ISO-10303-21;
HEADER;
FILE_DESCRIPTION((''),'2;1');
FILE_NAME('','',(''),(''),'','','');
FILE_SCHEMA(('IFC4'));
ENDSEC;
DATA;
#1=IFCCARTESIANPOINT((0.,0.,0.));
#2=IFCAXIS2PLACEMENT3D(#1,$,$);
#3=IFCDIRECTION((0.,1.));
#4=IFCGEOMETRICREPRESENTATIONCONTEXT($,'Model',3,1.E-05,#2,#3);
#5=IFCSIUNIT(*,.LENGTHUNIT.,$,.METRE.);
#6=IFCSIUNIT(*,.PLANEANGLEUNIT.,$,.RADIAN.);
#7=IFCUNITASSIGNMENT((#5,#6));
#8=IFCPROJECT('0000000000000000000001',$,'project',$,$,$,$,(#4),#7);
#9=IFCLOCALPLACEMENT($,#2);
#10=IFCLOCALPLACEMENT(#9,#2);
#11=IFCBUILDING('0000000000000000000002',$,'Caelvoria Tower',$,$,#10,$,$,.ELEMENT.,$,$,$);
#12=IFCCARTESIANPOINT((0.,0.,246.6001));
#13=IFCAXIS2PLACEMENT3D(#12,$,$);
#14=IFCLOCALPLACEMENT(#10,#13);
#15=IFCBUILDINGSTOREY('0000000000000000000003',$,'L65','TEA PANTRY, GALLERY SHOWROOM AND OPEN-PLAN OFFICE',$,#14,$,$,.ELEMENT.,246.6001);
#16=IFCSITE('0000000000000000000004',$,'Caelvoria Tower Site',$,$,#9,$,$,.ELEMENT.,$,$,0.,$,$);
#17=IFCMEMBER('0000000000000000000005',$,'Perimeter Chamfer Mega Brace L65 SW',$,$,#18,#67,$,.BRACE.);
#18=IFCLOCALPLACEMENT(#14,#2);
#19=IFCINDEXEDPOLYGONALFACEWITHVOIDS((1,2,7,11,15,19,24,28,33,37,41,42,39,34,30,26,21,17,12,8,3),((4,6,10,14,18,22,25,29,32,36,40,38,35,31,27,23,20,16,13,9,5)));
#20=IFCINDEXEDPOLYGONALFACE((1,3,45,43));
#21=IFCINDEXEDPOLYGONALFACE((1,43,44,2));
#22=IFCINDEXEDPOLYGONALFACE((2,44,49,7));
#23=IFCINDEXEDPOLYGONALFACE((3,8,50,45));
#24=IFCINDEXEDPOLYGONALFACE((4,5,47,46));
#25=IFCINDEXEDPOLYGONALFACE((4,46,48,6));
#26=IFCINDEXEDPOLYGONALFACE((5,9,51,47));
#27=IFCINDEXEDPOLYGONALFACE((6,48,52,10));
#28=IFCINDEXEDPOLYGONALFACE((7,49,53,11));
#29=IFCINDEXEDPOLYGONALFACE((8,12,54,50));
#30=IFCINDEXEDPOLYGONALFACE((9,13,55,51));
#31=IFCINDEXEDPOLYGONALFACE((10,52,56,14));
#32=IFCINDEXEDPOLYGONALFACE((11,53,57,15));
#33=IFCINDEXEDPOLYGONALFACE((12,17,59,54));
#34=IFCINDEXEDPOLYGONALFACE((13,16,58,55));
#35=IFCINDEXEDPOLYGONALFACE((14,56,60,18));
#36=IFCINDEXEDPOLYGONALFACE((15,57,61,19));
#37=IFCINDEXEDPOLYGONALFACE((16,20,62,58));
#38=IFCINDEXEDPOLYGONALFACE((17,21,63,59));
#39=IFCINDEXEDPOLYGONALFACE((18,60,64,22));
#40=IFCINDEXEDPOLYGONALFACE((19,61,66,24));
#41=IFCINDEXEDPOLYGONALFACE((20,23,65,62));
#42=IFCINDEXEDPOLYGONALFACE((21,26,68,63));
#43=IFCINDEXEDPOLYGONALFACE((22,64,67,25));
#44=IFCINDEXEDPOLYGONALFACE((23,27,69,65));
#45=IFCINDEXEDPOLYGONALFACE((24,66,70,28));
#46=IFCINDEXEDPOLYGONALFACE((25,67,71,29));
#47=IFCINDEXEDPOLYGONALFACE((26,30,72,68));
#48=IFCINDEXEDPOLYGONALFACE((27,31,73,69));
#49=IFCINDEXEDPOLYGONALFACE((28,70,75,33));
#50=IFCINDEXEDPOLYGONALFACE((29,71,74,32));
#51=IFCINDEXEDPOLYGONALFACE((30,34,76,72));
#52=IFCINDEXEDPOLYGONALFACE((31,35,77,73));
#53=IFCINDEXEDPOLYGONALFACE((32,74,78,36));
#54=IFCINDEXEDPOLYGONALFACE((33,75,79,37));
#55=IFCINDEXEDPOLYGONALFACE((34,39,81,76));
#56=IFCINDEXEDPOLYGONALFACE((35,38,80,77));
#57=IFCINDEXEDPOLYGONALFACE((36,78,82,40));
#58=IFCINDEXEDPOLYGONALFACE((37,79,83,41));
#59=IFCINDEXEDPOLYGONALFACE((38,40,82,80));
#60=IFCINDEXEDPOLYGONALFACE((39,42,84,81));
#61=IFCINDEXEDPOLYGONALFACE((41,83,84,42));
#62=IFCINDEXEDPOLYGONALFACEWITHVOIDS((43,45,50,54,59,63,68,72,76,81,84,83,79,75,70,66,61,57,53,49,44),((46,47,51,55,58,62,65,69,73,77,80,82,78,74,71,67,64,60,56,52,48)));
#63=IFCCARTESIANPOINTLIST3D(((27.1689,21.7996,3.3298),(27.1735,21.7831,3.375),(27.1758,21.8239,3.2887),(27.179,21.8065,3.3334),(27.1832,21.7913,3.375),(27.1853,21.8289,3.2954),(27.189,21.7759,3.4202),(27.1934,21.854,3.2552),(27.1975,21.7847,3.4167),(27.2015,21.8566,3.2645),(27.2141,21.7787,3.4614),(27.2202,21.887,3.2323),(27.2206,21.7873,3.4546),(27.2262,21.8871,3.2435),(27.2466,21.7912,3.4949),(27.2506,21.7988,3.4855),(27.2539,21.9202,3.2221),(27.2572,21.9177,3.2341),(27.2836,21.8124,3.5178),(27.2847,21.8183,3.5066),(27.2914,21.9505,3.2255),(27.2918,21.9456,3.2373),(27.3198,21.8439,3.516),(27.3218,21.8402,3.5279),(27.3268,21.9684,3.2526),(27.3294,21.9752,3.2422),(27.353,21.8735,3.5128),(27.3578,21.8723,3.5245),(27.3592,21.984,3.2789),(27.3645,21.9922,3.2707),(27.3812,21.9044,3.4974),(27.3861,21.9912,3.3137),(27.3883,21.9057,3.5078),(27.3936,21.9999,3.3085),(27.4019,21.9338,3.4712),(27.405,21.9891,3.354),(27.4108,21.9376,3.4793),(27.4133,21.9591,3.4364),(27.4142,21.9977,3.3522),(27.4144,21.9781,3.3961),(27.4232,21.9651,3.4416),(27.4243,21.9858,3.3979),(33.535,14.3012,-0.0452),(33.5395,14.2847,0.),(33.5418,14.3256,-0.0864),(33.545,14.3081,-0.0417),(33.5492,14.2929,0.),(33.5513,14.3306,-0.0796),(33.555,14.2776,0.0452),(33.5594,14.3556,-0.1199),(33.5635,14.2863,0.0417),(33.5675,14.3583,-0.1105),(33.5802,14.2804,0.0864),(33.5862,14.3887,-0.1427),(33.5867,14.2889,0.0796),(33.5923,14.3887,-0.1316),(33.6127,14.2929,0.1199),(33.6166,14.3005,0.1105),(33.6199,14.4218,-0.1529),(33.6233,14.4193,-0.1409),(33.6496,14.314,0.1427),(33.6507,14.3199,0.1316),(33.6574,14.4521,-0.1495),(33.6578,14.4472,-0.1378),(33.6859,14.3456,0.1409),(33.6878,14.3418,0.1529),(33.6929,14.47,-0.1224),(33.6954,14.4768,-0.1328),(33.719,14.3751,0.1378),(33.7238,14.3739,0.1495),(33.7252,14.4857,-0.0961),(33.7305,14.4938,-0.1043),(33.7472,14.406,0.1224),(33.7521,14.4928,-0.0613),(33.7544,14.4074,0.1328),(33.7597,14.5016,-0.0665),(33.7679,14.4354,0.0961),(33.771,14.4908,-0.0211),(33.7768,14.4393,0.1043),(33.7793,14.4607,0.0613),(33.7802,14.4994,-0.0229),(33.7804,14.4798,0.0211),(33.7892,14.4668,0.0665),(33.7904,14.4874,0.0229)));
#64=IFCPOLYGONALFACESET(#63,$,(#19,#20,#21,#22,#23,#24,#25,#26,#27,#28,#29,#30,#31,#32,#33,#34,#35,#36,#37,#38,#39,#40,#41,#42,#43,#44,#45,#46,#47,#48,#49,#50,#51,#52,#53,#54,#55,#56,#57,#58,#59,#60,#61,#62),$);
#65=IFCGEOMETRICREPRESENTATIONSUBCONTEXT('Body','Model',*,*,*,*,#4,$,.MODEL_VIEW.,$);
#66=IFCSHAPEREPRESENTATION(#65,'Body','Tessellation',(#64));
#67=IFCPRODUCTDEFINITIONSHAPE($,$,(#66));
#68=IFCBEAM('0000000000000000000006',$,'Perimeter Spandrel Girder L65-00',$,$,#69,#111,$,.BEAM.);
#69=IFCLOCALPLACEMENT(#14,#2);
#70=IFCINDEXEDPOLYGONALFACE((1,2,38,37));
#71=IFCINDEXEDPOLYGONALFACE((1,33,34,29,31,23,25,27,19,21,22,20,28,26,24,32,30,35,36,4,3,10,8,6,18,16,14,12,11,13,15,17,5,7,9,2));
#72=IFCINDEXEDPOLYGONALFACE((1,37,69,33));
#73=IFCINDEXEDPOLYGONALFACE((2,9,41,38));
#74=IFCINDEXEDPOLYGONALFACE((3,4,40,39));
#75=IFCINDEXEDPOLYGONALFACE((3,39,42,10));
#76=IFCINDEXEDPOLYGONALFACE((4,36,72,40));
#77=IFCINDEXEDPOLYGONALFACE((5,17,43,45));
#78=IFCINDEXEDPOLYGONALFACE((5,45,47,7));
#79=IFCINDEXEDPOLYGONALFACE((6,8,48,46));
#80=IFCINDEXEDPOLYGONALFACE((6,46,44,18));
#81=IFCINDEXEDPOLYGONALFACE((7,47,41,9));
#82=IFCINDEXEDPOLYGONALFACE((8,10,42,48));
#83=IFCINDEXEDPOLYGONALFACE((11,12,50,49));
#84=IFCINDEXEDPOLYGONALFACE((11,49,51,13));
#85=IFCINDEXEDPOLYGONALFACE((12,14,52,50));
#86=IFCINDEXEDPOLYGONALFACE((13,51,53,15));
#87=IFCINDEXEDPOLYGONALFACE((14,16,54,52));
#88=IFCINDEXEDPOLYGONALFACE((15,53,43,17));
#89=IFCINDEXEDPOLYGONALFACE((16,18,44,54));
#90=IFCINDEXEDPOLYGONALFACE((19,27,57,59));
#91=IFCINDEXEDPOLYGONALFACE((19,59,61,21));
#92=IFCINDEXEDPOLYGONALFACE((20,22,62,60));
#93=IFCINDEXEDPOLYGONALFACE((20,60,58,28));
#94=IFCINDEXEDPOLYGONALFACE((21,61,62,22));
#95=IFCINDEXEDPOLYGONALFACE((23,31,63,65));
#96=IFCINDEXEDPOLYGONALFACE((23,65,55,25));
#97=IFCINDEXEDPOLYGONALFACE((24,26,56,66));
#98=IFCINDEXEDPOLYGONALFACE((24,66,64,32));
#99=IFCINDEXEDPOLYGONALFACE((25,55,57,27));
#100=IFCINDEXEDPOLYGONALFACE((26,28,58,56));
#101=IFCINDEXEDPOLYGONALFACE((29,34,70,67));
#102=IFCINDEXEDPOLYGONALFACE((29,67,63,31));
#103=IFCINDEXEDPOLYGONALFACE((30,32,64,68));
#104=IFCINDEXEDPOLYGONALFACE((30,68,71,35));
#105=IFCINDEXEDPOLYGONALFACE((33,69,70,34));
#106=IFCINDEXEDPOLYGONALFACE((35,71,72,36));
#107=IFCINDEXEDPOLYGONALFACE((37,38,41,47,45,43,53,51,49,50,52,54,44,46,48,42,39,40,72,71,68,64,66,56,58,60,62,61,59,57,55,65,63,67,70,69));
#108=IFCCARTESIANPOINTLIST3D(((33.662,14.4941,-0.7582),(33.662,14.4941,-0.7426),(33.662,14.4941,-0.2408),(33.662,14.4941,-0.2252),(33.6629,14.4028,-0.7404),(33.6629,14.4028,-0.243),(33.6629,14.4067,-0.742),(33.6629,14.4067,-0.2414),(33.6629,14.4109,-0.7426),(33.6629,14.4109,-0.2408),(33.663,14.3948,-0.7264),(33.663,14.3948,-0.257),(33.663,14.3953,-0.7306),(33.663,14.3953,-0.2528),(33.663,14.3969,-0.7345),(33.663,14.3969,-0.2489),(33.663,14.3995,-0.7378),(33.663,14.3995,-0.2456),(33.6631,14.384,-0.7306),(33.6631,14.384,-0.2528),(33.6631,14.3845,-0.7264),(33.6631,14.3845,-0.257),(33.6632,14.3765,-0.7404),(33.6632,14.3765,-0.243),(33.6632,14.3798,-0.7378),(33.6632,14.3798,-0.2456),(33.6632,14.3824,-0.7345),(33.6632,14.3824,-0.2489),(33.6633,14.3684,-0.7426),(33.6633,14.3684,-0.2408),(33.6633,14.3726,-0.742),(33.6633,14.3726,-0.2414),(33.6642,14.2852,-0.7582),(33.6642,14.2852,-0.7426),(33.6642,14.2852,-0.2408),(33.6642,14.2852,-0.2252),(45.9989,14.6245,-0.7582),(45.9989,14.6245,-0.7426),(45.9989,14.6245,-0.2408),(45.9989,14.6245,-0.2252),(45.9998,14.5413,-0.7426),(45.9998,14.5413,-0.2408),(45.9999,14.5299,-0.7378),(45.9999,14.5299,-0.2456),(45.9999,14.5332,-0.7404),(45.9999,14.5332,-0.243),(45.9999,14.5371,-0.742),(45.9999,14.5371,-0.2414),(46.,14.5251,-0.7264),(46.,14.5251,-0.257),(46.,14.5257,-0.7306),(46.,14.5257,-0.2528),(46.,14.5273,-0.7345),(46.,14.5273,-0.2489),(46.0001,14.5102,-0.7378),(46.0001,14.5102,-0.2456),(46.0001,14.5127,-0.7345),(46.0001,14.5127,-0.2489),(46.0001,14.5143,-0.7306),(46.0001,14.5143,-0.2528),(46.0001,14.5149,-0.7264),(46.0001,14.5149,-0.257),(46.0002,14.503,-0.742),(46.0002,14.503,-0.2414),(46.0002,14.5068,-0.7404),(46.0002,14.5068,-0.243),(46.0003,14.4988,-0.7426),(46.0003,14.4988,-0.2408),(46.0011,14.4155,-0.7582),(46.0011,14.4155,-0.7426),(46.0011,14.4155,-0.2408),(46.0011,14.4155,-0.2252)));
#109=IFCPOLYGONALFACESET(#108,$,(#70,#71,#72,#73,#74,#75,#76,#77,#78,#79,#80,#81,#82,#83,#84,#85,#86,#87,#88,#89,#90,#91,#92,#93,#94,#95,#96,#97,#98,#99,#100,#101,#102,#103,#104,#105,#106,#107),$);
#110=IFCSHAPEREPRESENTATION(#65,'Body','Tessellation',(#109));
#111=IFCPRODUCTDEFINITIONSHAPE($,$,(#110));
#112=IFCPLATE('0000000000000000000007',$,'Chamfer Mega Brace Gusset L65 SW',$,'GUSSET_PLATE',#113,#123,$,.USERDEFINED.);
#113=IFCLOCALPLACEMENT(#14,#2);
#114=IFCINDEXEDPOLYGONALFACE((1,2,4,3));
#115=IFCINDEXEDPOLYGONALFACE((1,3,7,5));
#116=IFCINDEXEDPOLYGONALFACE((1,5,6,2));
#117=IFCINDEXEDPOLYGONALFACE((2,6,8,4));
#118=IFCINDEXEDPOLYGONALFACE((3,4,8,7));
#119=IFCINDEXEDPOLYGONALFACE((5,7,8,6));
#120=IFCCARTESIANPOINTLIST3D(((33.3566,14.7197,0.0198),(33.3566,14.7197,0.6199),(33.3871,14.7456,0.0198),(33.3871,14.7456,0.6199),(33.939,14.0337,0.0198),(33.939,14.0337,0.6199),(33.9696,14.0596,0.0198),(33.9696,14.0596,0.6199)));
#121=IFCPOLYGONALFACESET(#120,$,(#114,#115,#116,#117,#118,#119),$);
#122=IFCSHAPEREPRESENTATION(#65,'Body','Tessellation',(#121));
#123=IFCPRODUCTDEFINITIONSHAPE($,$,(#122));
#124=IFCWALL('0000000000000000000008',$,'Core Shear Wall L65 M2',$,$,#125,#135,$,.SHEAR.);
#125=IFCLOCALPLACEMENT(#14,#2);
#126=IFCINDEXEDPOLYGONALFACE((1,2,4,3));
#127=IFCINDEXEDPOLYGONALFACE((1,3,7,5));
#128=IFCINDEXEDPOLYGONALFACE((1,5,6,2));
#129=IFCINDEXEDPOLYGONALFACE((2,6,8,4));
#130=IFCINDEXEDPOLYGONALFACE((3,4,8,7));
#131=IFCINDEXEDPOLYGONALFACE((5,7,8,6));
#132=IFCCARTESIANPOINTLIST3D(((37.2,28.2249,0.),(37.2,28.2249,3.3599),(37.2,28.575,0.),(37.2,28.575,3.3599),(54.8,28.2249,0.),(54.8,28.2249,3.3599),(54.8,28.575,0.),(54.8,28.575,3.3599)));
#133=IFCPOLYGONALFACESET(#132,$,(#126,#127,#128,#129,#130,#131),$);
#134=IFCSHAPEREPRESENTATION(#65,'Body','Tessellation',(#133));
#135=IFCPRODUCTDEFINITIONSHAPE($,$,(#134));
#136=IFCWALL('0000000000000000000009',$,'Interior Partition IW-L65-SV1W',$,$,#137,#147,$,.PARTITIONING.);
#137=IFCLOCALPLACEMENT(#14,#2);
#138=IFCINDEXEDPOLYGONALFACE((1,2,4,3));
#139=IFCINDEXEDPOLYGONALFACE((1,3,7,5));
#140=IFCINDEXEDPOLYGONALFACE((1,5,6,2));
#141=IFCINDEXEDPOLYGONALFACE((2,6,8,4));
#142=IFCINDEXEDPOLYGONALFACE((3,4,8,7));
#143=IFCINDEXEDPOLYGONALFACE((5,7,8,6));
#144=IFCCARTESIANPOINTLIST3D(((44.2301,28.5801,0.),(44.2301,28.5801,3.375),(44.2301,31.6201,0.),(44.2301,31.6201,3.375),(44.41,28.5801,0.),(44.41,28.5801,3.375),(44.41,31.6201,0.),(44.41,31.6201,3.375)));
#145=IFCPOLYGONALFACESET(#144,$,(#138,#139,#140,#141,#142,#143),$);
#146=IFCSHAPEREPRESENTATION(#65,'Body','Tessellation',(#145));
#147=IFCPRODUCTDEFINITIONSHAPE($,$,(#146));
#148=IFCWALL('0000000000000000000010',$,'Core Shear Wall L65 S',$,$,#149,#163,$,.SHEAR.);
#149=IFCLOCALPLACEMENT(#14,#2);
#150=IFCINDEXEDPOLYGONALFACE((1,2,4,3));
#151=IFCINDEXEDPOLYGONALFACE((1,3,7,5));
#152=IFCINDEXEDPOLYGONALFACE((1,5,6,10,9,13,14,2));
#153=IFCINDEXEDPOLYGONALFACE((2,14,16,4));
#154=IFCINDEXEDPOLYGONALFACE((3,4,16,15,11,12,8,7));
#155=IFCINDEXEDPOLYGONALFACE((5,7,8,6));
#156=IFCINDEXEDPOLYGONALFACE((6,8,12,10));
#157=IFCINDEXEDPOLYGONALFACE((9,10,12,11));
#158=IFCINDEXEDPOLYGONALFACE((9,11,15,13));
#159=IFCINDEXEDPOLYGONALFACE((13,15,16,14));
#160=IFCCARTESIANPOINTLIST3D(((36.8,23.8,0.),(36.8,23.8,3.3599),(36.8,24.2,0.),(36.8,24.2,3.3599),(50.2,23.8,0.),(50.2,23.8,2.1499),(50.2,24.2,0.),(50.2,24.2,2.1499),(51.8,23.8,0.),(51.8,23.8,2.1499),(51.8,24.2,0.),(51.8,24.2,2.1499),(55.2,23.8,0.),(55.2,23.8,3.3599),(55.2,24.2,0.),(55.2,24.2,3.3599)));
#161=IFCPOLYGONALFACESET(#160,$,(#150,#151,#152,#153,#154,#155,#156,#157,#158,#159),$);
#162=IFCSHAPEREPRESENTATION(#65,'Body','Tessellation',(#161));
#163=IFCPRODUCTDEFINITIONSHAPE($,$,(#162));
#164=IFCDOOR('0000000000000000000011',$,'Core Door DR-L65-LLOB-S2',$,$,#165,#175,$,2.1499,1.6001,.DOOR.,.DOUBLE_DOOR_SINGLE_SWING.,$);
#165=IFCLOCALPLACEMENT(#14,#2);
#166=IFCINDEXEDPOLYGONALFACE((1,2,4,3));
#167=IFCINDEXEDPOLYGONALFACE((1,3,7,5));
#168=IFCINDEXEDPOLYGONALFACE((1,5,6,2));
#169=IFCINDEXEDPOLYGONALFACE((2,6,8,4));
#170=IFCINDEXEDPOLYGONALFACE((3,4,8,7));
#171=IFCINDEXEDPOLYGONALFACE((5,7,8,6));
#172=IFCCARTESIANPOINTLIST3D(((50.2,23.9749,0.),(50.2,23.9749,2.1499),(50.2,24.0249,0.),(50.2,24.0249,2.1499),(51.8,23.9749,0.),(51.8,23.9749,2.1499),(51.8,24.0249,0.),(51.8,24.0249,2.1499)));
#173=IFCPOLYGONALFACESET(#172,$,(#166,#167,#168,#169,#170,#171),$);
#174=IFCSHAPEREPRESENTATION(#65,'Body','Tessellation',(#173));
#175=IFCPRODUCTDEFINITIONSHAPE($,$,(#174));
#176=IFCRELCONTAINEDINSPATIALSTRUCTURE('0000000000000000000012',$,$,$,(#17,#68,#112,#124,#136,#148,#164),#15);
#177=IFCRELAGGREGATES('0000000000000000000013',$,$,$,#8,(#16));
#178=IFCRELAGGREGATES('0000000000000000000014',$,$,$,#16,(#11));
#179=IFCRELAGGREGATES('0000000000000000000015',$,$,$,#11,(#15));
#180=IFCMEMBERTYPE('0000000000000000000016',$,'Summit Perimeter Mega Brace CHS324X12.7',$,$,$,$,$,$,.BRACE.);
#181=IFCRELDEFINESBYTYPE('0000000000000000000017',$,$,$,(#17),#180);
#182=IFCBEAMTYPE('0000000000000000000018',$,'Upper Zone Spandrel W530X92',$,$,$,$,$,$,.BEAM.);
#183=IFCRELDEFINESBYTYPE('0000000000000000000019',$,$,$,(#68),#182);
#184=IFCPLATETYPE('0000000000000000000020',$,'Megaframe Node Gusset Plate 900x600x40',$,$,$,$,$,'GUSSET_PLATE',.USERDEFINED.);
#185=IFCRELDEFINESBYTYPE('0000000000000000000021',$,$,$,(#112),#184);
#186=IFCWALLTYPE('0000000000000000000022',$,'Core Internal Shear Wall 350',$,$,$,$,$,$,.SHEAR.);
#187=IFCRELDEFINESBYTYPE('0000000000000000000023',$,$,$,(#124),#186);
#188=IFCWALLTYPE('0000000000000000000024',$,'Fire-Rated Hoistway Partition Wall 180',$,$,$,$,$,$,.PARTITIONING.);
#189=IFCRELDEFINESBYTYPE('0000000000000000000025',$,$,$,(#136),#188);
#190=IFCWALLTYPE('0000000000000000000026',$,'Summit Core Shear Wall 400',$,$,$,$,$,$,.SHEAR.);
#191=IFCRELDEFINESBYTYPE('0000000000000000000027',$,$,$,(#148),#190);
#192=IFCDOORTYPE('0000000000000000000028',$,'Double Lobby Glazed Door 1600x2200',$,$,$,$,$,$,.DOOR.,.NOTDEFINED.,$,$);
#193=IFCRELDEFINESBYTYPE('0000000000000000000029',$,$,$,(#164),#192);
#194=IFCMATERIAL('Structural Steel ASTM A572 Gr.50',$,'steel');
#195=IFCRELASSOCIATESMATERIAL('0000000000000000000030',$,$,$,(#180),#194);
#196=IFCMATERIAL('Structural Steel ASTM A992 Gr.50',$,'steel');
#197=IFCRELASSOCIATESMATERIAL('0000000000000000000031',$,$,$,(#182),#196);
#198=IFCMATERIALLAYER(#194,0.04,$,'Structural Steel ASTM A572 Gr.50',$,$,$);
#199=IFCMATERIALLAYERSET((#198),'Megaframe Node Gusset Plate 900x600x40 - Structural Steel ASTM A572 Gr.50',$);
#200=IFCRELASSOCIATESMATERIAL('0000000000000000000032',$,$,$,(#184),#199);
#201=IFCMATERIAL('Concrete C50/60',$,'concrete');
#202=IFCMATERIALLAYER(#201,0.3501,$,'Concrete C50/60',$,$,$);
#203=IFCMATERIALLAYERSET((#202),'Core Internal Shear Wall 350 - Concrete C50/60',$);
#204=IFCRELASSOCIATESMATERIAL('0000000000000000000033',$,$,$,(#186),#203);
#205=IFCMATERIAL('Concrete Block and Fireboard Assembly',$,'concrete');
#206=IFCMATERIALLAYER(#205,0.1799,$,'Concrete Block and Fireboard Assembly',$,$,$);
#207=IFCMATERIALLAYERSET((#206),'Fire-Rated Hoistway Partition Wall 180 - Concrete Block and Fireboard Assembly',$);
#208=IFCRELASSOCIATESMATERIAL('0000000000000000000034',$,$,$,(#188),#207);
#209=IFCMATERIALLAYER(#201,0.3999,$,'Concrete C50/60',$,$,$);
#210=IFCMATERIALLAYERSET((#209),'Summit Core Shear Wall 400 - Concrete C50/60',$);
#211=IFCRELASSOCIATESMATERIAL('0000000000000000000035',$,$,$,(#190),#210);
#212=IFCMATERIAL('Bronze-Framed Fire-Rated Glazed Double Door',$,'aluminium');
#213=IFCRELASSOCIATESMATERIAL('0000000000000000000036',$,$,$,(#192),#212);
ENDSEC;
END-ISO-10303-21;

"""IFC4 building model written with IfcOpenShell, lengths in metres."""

from ifc_helpers import new_model, si_unit, direction, frame, frame_2d, origin, origin_2d, place, context, subcontext, project, spatial, rectangle, hollow_circle, i_section, extrude, material, layer, layer_set, material_profile, profile_set, type_object, element, fill, save


model = new_model("IFC4")

# Units and contexts
model_context = context("Model", 3, precision=1e-05, world=origin(), true_north=direction((0.0, 1.0)))
body_context = subcontext(model_context, "Body", "Model", "MODEL_VIEW")
ifc_project = project(units=[si_unit("LENGTHUNIT", "METRE"), si_unit("PLANEANGLEUNIT", "RADIAN")], contexts=[model_context])

# Site, building, storey
site_placement = place(None, origin())
site = spatial("IfcSite", under=ifc_project, at=site_placement, Name="Caelvoria Tower Site", CompositionType="ELEMENT", RefElevation=0.0)
building_placement = place(site_placement, origin())
building = spatial("IfcBuilding", under=site, at=building_placement, Name="Caelvoria Tower", CompositionType="ELEMENT")
storey_placement = place(building_placement, frame((0.0, 0.0, 246.6001)))
storey = spatial("IfcBuildingStorey", under=building, at=storey_placement, Name="L65", Description="TEA PANTRY, GALLERY SHOWROOM AND OPEN-PLAN OFFICE", CompositionType="ELEMENT", Elevation=246.6001)

# Shared definitions
ifc_material_1 = material(Name="Structural Steel ASTM A572 Gr.50", Category="steel")

# Shared definitions
ifc_material_2 = material(Name="Structural Steel ASTM A992 Gr.50", Category="steel")

# Member
ifc_material_profile_1 = material_profile(ifc_material_1, hollow_circle(Radius=0.1621, WallThickness=0.0127, at=origin_2d()), Name="Structural Steel ASTM A572 Gr.50")
ifc_profile_set_1 = profile_set([ifc_material_profile_1], Name="CHS324X12.7 - Structural Steel ASTM A572 Gr.50")
member_type = type_object("IfcMemberType", Name="Summit Perimeter Mega Brace CHS324X12.7", PredefinedType="BRACE", material=ifc_profile_set_1)
member_placement = place(storey_placement, frame((33.6631, 14.3896, 0.0), z_axis=(-0.612167, 0.721054, 0.324548), x_axis=(-0.762319, -0.647201, 0.0)))
element("IfcMember", 1, at=member_placement, inside=storey, type_object=member_type, Name="Perimeter Chamfer Mega Brace L65 SW", PredefinedType="BRACE", context=body_context, shape_type="SweptSolid", body=[
    extrude(hollow_circle(Radius=0.1621, WallThickness=0.0127, at=origin_2d()), origin(), (0.0, 0.0, 1.0), 10.3992),
])

# Beam
ifc_material_profile_2 = material_profile(ifc_material_2, i_section(OverallWidth=0.209, OverallDepth=0.533, WebThickness=0.0103, FlangeThickness=0.0156, FilletRadius=0.0161, at=origin_2d()), Name="Structural Steel ASTM A992 Gr.50")
ifc_profile_set_2 = profile_set([ifc_material_profile_2], Name="W530X92 - Structural Steel ASTM A992 Gr.50")
beam_type_1 = type_object("IfcBeamType", Name="Upper Zone Spandrel W530X92", PredefinedType="BEAM", material=ifc_profile_set_2)
beam_1_placement = place(storey_placement, frame((33.6631, 14.3896, -0.4917), z_axis=(0.999944, 0.010567, 0.0), x_axis=(-0.010567, 0.999944, 0.0)))
element("IfcBeam", 2, at=beam_1_placement, inside=storey, type_object=beam_type_1, Name="Perimeter Spandrel Girder L65-00", PredefinedType="BEAM", context=body_context, shape_type="SweptSolid", body=[
    extrude(i_section(OverallWidth=0.209, OverallDepth=0.533, WebThickness=0.0103, FlangeThickness=0.0156, FilletRadius=0.0161, at=origin_2d()), origin(), (0.0, 0.0, 1.0), 12.3376),
])

# Plate
ifc_layer_1 = layer(ifc_material_1, 0.04, Name="Structural Steel ASTM A572 Gr.50")
ifc_layer_set_1 = layer_set([ifc_layer_1], Name="Megaframe Node Gusset Plate 900x600x40 - Structural Steel ASTM A572 Gr.50")
plate_type = type_object("IfcPlateType", Name="Megaframe Node Gusset Plate 900x600x40", ElementType="GUSSET_PLATE", PredefinedType="USERDEFINED", material=ifc_layer_set_1)
plate_placement = place(storey_placement, frame((33.6631, 14.3896, 0.0198), z_axis=(0.0, 0.0, 1.0), x_axis=(-0.647213, 0.762309, 0.0)))
element("IfcPlate", 3, at=plate_placement, inside=storey, type_object=plate_type, Name="Chamfer Mega Brace Gusset L65 SW", ObjectType="GUSSET_PLATE", PredefinedType="USERDEFINED", context=body_context, shape_type="SweptSolid", body=[
    extrude(rectangle(XDim=0.8999, YDim=0.04, at=origin_2d()), origin(), (0.0, 0.0, 1.0), 0.6001),
])

# Wall
ifc_material_3 = material(Name="Concrete C50/60", Category="concrete")
ifc_layer_2 = layer(ifc_material_3, 0.3501, Name="Concrete C50/60")
ifc_layer_set_2 = layer_set([ifc_layer_2], Name="Core Internal Shear Wall 350 - Concrete C50/60")
wall_type_1 = type_object("IfcWallType", Name="Core Internal Shear Wall 350", PredefinedType="SHEAR", material=ifc_layer_set_2)
wall_1_placement = place(storey_placement, frame((37.2, 28.3999, 0.0), z_axis=(0.0, 0.0, 1.0), x_axis=(1.0, 0.0, 0.0)))
element("IfcWall", 4, at=wall_1_placement, inside=storey, type_object=wall_type_1, Name="Core Shear Wall L65 M2", PredefinedType="SHEAR", context=body_context, shape_type="SweptSolid", body=[
    extrude(rectangle(XDim=17.6001, YDim=0.3501, at=frame_2d((8.8, 0.0))), origin(), (0.0, 0.0, 1.0), 3.3599),
])

# Wall
ifc_material_4 = material(Name="Concrete Block and Fireboard Assembly", Category="concrete")
ifc_layer_3 = layer(ifc_material_4, 0.1799, Name="Concrete Block and Fireboard Assembly")
ifc_layer_set_3 = layer_set([ifc_layer_3], Name="Fire-Rated Hoistway Partition Wall 180 - Concrete Block and Fireboard Assembly")
wall_type_2 = type_object("IfcWallType", Name="Fire-Rated Hoistway Partition Wall 180", PredefinedType="PARTITIONING", material=ifc_layer_set_3)
wall_2_placement = place(storey_placement, frame((44.3201, 28.5801, 0.0), z_axis=(0.0, 0.0, 1.0), x_axis=(0.0, 1.0, 0.0)))
element("IfcWall", 5, at=wall_2_placement, inside=storey, type_object=wall_type_2, Name="Interior Partition IW-L65-SV1W", PredefinedType="PARTITIONING", context=body_context, shape_type="SweptSolid", body=[
    extrude(rectangle(XDim=3.04, YDim=0.1799, at=frame_2d((1.52, 0.0))), origin(), (0.0, 0.0, 1.0), 3.375),
])

# Wall, opening, door
ifc_layer_4 = layer(ifc_material_3, 0.3999, Name="Concrete C50/60")
ifc_layer_set_4 = layer_set([ifc_layer_4], Name="Summit Core Shear Wall 400 - Concrete C50/60")
wall_type_3 = type_object("IfcWallType", Name="Summit Core Shear Wall 400", PredefinedType="SHEAR", material=ifc_layer_set_4)
wall_3_placement = place(storey_placement, frame((36.8, 24.0, 0.0), z_axis=(0.0, 0.0, 1.0), x_axis=(1.0, 0.0, 0.0)))
wall_3 = element("IfcWall", 6, at=wall_3_placement, inside=storey, type_object=wall_type_3, Name="Core Shear Wall L65 S", PredefinedType="SHEAR", context=body_context, shape_type="SweptSolid", body=[
    extrude(rectangle(XDim=18.3999, YDim=0.3999, at=frame_2d((9.2, 0.0))), origin(), (0.0, 0.0, 1.0), 3.3599),
])
opening_1_placement = place(wall_3_placement, frame((13.3999, 0.0, 0.0)))
opening_1 = element("IfcOpeningElement", 7, at=opening_1_placement, cuts=wall_3, PredefinedType="OPENING", context=body_context, shape_type="SweptSolid", body=[
    extrude(rectangle(XDim=1.6001, YDim=2.1499, at=frame_2d((0.8, 1.075))), frame((0.0, 0.21, 0.0), z_axis=(0.0, -1.0, 0.0), x_axis=(1.0, 0.0, 0.0)), (0.0, 0.0, 1.0), 0.4199),
])
ifc_material_5 = material(Name="Bronze-Framed Fire-Rated Glazed Double Door", Category="aluminium")
door_type_1 = type_object("IfcDoorType", Name="Double Lobby Glazed Door 1600x2200", OperationType="NOTDEFINED", PredefinedType="DOOR", material=ifc_material_5)
door_1_placement = place(opening_1_placement, origin())
door_1 = element("IfcDoor", 8, at=door_1_placement, inside=storey, type_object=door_type_1, Name="Core Door DR-L65-LLOB-S2", OperationType="DOUBLE_DOOR_SINGLE_SWING", OverallHeight=2.1499, OverallWidth=1.6001, PredefinedType="DOOR", context=body_context, shape_type="SweptSolid", body=[
    extrude(rectangle(XDim=1.6001, YDim=2.1499, at=frame_2d((0.8, 1.075))), frame((0.0, 0.0249, 0.0), z_axis=(0.0, -1.0, 0.0), x_axis=(1.0, 0.0, 0.0)), (0.0, 0.0, 1.0), 0.05),
])
fill(opening_1, door_1)

save(model, "model.ifc")
